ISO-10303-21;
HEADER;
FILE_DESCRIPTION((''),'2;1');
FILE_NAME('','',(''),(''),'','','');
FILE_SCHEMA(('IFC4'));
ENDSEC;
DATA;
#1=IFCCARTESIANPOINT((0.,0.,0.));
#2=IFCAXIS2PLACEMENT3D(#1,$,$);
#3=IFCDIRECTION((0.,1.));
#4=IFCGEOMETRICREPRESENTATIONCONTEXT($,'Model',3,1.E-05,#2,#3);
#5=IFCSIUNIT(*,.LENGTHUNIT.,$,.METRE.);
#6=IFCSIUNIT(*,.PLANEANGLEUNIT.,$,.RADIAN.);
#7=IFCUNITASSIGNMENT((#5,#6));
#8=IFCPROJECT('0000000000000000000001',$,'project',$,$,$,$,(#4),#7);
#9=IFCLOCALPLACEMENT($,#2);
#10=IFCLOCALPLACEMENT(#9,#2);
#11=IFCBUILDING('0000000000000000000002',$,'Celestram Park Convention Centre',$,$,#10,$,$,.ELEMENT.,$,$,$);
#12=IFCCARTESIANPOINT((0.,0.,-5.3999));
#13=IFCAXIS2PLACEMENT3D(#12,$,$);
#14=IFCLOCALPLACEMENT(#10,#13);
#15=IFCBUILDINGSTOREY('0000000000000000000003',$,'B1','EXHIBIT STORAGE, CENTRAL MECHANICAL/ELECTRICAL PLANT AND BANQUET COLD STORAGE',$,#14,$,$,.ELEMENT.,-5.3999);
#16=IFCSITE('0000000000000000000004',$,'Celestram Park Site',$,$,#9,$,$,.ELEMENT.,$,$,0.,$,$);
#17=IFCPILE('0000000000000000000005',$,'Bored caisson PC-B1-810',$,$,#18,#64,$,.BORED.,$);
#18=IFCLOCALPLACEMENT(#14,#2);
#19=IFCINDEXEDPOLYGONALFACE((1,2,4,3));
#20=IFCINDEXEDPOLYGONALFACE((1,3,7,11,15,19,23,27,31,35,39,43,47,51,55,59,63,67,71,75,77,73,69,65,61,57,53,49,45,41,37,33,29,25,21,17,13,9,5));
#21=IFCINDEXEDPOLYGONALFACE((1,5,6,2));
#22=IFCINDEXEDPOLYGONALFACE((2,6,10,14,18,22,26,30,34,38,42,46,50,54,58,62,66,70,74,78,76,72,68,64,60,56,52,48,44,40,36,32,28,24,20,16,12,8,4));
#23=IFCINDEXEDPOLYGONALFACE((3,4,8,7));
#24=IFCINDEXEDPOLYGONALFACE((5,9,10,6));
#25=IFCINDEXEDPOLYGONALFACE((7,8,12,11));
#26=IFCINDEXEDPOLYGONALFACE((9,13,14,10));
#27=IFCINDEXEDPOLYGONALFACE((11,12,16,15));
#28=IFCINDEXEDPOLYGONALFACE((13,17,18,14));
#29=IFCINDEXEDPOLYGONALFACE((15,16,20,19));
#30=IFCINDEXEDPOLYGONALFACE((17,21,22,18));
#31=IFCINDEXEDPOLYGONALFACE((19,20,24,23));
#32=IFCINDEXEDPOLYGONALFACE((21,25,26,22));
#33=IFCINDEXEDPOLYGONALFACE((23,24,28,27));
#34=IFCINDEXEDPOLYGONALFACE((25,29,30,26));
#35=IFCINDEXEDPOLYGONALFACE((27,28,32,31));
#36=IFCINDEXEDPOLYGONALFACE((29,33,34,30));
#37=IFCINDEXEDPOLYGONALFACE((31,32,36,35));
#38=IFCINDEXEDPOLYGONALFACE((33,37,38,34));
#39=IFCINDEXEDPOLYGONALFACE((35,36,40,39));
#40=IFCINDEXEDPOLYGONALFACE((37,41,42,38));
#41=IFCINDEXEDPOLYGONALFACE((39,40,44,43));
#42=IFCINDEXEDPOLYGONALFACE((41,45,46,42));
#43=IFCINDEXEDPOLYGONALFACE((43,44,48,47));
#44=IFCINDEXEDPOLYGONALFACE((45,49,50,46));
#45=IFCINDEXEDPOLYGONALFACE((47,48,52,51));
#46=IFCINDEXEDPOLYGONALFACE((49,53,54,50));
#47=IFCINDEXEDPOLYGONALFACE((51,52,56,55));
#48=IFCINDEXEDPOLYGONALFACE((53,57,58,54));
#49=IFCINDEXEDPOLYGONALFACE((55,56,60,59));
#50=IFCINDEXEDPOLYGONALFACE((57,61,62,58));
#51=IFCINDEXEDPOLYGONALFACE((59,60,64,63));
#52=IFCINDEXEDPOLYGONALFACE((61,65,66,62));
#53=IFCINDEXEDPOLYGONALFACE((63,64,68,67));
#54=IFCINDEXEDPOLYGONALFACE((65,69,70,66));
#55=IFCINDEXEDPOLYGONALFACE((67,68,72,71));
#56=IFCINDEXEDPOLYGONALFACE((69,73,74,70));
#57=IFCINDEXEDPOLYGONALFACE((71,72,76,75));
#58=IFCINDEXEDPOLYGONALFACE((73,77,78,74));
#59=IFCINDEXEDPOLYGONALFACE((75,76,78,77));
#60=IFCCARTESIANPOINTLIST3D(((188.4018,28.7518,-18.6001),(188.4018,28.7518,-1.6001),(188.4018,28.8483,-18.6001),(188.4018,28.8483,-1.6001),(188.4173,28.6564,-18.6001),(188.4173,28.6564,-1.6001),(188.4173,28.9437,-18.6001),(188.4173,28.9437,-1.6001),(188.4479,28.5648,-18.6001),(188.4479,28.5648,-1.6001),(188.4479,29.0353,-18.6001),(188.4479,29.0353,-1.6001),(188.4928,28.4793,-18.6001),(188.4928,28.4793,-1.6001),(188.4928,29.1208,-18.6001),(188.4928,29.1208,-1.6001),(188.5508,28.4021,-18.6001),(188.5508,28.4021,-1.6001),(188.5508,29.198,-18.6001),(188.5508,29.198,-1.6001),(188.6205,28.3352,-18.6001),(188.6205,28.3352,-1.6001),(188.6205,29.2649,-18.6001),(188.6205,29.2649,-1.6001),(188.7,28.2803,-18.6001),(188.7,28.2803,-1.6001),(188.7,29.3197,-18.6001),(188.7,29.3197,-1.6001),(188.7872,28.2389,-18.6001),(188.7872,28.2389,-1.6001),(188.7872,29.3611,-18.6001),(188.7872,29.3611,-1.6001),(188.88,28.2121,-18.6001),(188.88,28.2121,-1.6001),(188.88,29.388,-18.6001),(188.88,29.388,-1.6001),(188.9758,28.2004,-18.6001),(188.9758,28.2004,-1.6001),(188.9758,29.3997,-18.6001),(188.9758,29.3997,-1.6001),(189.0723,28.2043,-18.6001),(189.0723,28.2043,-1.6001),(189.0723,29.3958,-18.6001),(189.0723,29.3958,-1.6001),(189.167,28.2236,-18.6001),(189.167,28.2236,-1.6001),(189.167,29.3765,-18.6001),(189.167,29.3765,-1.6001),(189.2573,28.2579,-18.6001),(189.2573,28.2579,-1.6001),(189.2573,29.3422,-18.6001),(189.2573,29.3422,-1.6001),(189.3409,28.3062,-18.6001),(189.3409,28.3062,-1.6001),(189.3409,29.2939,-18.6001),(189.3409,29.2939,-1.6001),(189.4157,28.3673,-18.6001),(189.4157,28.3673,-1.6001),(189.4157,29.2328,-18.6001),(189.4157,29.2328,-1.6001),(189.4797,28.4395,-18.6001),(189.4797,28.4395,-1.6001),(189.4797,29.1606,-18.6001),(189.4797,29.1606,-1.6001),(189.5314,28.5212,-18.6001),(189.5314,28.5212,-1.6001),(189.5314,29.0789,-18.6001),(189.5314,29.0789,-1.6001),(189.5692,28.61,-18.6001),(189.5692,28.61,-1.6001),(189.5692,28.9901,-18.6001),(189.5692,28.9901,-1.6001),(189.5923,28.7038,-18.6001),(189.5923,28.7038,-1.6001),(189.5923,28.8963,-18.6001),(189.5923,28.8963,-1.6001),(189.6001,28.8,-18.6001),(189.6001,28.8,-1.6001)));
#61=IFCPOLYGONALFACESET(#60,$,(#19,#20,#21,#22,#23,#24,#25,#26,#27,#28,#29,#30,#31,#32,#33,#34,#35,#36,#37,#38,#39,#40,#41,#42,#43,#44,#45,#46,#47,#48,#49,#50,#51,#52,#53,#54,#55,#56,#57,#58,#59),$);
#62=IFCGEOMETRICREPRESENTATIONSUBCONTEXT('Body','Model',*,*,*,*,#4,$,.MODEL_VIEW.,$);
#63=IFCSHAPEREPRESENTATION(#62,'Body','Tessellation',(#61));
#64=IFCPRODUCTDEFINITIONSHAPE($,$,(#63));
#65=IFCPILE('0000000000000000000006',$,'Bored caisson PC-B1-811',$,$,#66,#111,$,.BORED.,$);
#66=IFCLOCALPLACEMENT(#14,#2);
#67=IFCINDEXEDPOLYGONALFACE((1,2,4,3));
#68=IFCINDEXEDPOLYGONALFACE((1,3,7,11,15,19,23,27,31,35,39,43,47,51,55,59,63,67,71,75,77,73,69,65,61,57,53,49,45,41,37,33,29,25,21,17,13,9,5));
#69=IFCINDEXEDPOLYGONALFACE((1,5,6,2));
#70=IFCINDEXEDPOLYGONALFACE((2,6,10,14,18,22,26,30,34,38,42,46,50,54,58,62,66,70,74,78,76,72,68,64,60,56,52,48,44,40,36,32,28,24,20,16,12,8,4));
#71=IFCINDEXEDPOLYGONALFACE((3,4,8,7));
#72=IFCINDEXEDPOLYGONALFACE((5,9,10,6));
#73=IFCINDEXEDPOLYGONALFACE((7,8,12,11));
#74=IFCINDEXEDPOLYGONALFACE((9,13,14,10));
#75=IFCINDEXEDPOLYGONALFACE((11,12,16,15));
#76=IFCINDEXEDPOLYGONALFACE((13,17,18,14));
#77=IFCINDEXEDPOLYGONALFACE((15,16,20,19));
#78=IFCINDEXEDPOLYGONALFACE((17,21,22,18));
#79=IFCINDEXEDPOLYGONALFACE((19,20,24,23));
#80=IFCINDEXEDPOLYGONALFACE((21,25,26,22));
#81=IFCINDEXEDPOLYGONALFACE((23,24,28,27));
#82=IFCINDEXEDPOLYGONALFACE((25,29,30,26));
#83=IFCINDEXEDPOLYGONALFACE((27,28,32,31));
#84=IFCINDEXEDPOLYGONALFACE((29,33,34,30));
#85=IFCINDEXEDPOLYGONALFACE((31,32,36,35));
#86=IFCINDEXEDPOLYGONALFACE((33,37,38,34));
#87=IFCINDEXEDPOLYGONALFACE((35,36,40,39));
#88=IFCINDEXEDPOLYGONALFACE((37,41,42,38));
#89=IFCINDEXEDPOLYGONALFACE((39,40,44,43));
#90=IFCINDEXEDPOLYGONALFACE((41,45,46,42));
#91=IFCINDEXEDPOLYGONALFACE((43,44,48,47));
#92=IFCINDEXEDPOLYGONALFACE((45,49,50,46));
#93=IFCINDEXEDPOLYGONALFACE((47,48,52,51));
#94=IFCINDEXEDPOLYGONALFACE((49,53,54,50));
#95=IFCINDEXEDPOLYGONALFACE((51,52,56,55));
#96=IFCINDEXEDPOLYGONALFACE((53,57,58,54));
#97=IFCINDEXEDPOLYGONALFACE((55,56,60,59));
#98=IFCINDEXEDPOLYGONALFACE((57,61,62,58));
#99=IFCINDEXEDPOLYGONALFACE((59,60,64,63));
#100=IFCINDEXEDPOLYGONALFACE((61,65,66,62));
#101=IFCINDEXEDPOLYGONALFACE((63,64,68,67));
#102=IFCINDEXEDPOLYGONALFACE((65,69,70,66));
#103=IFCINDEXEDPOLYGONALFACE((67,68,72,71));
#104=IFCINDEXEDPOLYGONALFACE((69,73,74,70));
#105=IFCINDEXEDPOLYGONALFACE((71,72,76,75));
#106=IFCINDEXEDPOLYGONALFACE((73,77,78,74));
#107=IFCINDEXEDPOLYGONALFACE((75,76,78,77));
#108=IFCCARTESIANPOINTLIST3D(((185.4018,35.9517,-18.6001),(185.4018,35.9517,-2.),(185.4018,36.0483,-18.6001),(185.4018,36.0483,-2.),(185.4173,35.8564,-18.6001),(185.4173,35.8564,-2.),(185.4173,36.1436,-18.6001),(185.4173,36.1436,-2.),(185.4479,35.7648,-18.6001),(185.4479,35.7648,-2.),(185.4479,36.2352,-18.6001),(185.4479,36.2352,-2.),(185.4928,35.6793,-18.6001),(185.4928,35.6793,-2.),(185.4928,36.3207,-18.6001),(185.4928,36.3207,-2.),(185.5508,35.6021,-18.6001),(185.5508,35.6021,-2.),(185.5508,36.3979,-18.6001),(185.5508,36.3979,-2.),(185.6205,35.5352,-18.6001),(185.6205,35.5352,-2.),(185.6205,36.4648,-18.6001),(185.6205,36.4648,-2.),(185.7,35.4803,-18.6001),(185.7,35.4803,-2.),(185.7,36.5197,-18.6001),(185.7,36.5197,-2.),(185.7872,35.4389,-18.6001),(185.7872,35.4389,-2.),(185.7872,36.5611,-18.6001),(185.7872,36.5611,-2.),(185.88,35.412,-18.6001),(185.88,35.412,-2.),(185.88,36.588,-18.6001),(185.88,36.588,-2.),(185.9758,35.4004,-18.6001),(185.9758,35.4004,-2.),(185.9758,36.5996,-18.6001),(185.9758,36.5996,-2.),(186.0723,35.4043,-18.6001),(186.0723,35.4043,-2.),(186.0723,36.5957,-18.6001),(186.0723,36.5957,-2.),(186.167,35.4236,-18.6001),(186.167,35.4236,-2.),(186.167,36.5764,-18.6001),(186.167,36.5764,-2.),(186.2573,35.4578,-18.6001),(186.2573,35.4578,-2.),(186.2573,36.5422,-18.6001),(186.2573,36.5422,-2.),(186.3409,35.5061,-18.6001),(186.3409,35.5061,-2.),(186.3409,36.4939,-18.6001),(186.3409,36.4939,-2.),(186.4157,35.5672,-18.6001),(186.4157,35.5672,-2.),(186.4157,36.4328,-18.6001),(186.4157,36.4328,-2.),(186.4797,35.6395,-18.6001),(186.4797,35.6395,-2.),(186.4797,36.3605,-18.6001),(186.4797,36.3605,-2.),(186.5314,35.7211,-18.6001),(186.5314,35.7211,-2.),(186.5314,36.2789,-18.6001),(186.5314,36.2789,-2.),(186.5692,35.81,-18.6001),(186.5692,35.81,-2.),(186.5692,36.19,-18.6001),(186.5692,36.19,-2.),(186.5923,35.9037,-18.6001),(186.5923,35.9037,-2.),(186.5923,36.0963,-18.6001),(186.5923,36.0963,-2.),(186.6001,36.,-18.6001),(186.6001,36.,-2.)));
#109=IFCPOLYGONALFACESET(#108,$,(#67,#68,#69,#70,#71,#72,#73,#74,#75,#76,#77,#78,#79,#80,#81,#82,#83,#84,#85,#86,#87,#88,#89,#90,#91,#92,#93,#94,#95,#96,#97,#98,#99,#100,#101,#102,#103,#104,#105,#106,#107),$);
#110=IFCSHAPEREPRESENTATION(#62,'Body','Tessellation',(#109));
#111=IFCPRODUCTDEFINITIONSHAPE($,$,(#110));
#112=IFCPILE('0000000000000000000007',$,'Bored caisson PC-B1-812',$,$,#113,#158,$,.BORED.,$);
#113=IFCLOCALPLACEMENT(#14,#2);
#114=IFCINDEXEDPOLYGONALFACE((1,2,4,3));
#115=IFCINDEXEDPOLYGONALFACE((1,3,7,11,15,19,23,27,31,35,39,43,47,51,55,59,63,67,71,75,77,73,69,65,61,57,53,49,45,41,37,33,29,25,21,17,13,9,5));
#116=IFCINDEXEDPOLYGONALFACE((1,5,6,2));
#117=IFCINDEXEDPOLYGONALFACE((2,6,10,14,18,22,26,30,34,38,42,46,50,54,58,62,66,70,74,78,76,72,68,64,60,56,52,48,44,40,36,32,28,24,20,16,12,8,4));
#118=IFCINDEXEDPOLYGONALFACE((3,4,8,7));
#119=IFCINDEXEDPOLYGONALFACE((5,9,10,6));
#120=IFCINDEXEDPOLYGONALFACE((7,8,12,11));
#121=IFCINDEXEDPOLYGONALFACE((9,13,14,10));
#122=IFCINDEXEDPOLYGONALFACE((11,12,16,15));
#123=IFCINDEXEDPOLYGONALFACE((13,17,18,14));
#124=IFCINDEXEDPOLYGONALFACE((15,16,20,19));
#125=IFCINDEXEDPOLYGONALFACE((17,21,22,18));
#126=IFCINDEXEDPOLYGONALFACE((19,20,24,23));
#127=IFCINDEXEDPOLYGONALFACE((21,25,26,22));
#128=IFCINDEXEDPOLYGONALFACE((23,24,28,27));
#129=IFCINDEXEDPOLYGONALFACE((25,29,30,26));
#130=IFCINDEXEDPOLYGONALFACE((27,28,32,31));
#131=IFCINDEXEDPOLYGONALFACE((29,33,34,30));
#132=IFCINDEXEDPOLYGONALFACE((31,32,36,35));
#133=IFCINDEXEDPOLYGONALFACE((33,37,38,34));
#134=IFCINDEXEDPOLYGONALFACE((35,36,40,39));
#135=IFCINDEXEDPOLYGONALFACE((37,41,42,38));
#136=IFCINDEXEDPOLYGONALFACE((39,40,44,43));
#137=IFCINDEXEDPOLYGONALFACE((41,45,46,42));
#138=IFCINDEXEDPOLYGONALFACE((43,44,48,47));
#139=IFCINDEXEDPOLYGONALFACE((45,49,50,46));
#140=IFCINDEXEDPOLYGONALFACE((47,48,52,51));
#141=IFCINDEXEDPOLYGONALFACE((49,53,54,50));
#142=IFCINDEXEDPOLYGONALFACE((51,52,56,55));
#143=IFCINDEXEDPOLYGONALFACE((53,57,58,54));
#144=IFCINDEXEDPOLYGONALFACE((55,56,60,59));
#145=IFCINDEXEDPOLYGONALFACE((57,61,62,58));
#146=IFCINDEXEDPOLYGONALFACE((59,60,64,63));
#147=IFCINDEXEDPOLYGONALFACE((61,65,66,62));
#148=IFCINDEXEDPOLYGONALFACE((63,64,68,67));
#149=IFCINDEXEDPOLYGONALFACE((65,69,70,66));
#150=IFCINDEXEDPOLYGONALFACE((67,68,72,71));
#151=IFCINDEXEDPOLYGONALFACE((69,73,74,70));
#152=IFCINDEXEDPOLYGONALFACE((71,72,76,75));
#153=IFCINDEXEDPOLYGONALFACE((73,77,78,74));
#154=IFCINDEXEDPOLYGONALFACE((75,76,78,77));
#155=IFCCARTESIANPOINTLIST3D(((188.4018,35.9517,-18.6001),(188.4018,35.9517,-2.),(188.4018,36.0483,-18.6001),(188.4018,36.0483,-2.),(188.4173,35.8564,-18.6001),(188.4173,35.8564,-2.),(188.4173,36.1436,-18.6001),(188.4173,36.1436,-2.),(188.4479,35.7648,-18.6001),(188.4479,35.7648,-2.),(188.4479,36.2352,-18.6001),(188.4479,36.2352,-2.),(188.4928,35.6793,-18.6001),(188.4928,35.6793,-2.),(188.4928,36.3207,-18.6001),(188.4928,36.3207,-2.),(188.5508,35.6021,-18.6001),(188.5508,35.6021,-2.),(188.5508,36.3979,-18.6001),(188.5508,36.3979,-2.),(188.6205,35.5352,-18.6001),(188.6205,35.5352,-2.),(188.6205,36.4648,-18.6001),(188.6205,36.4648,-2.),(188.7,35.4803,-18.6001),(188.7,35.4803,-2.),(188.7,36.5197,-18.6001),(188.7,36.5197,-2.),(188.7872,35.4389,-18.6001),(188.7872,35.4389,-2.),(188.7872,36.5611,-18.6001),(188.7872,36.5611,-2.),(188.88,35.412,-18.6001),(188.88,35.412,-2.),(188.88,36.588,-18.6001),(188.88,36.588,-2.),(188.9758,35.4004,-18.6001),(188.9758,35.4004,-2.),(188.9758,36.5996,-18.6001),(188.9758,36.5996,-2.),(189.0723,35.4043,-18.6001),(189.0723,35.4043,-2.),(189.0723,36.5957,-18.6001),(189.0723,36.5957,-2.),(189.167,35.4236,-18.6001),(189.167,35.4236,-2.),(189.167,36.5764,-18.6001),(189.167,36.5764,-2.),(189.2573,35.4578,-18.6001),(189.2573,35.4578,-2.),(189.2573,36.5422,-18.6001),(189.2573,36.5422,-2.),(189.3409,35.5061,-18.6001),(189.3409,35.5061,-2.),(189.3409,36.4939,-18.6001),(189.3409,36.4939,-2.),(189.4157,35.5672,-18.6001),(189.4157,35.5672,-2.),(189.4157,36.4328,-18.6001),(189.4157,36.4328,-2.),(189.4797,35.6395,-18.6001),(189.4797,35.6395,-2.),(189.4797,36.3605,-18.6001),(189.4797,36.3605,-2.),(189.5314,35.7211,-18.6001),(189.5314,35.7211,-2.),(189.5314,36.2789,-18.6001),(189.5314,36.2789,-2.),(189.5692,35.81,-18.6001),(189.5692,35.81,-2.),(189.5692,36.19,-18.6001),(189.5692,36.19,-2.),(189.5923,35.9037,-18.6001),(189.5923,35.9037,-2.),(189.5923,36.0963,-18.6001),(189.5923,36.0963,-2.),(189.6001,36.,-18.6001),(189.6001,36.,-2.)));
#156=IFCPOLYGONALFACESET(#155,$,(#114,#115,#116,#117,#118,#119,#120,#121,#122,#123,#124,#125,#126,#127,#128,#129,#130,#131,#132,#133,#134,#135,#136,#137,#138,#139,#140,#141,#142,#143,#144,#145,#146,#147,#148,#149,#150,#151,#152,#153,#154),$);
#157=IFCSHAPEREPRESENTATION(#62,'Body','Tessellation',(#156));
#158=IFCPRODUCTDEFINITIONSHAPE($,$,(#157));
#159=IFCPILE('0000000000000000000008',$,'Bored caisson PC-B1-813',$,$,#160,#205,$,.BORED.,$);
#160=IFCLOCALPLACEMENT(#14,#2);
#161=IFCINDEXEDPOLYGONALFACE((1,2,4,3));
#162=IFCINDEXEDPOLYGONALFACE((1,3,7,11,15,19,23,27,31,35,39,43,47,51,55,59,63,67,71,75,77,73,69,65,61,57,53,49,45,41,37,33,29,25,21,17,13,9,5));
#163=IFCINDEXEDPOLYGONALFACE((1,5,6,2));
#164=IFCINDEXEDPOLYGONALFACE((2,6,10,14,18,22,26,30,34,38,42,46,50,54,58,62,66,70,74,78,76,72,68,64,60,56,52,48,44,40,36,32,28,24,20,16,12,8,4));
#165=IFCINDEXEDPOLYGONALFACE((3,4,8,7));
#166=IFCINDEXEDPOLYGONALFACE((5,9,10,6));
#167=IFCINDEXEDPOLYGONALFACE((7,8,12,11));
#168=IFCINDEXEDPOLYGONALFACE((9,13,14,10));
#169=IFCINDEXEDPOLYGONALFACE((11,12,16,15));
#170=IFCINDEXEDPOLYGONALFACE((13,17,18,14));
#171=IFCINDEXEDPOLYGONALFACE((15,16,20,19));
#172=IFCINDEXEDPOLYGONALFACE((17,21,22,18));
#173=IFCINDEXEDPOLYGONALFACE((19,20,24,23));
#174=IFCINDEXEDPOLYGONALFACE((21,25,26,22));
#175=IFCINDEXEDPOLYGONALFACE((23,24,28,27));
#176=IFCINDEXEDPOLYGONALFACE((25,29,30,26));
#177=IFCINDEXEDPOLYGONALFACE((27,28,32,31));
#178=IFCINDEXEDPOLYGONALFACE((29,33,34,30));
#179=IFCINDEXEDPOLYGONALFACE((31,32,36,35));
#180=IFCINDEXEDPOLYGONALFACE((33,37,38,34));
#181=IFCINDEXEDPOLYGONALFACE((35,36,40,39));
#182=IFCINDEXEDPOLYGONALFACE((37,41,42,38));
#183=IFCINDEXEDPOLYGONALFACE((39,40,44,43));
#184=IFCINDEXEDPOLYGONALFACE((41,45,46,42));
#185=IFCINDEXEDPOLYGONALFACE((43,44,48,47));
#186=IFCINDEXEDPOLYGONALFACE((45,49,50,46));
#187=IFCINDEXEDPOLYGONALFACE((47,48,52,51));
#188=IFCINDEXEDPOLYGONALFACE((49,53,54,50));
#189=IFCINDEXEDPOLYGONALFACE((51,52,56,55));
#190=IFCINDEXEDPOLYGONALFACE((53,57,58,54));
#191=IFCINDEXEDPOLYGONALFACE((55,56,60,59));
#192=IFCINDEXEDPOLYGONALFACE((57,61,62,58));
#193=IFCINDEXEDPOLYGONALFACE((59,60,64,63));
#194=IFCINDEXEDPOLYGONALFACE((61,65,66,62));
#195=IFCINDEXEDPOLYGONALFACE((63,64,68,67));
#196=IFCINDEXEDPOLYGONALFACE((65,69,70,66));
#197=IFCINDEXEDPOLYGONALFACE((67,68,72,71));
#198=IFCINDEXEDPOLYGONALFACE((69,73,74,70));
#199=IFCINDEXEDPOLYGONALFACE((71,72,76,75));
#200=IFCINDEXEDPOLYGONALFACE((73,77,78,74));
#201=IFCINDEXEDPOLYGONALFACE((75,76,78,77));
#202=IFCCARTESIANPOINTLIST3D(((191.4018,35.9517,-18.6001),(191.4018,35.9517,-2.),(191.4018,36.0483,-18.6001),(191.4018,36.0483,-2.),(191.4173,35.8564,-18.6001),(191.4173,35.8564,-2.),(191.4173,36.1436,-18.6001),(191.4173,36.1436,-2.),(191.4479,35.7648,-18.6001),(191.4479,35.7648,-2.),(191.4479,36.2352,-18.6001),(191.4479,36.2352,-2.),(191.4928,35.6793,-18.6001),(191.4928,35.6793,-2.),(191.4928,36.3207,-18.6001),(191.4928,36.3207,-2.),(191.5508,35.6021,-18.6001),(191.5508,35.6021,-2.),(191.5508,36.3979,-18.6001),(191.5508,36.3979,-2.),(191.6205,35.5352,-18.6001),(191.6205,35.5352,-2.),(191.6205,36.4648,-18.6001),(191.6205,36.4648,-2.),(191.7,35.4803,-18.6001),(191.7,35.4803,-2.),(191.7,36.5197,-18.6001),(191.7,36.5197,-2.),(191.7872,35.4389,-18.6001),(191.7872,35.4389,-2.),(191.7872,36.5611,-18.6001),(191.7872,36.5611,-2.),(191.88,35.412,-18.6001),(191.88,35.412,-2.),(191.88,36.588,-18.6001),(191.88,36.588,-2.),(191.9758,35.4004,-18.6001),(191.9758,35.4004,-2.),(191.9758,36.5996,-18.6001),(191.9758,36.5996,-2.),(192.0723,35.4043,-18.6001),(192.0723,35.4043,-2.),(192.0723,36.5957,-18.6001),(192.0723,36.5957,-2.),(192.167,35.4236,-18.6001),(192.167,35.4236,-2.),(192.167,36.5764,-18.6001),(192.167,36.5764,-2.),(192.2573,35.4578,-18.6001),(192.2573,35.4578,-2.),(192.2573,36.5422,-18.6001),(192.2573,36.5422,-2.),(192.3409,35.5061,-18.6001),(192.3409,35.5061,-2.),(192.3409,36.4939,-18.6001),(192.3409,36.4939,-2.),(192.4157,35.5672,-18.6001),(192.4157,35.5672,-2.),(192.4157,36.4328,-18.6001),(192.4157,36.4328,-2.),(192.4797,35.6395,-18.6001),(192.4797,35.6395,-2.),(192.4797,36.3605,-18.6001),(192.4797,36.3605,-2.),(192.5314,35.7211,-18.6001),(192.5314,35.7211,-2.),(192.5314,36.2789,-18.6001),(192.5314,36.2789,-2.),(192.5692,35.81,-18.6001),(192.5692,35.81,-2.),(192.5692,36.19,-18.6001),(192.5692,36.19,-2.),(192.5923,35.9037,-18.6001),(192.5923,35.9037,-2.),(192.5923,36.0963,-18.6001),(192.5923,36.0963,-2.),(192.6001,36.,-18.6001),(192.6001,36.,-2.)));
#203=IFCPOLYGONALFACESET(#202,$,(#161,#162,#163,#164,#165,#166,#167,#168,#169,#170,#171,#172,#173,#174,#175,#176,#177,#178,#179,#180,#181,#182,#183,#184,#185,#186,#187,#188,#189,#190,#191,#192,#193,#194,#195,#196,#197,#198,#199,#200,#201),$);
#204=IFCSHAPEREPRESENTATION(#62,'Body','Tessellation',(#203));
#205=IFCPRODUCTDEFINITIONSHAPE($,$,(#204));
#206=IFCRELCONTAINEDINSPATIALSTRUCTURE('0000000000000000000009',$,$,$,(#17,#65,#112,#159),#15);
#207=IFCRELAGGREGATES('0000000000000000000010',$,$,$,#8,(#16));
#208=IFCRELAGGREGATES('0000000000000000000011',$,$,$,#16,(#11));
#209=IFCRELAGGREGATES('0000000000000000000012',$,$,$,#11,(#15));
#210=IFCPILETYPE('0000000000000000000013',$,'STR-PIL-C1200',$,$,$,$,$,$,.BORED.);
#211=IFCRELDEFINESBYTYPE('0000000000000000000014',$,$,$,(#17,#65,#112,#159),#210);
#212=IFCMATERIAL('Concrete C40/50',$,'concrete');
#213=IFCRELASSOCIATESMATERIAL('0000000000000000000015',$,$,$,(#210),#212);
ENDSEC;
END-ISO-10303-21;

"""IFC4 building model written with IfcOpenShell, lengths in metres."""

from ifc_helpers import new_model, si_unit, direction, frame, origin, origin_2d, place, context, subcontext, project, spatial, circle, extrude, material, material_profile, profile_set, type_object, element, save


model = new_model("IFC4")

# Units and contexts
model_context = context("Model", 3, precision=1e-05, world=origin(), true_north=direction((0.0, 1.0)))
body_context = subcontext(model_context, "Body", "Model", "MODEL_VIEW")
ifc_project = project(units=[si_unit("LENGTHUNIT", "METRE"), si_unit("PLANEANGLEUNIT", "RADIAN")], contexts=[model_context])

# Site, building, storey
site_placement = place(None, origin())
site = spatial("IfcSite", under=ifc_project, at=site_placement, Name="Celestram Park Site", CompositionType="ELEMENT", RefElevation=0.0)
building_placement = place(site_placement, origin())
building = spatial("IfcBuilding", under=site, at=building_placement, Name="Celestram Park Convention Centre", CompositionType="ELEMENT")
storey_placement = place(building_placement, frame((0.0, 0.0, -5.3999)))
storey = spatial("IfcBuildingStorey", under=building, at=storey_placement, Name="B1", Description="EXHIBIT STORAGE, CENTRAL MECHANICAL/ELECTRICAL PLANT AND BANQUET COLD STORAGE", CompositionType="ELEMENT", Elevation=-5.3999)

# Shared definitions
ifc_material_1 = material(Name="Concrete C40/50", Category="concrete")

# Piles
ifc_material_profile_1 = material_profile(ifc_material_1, circle(Radius=0.6001, at=origin_2d()), Name="CAISSON1200")
ifc_profile_set_1 = profile_set([ifc_material_profile_1], Name="Concrete C40/50")
pile_type_1 = type_object("IfcPileType", Name="STR-PIL-C1200", PredefinedType="BORED", material=ifc_profile_set_1)
for number, where, z_axis, x_axis, name in (
    (1, (189.0, 28.8, -1.6001), (0.0, 0.0, -1.0), (1.0, 0.0, 0.0), "Bored caisson PC-B1-810"),
):
    element("IfcPile", number, at=place(storey_placement, frame(where, z_axis=z_axis, x_axis=x_axis)), inside=storey, type_object=pile_type_1, Name=name, PredefinedType="BORED", context=body_context, shape_type="SweptSolid", body=[
        extrude(circle(Radius=0.6001, at=origin_2d()), origin(), (0.0, 0.0, 1.0), 17.0),
    ])
for number, where, z_axis, x_axis, name in (
    (2, (186.0, 36.0, -2.0), (0.0, 0.0, -1.0), (1.0, 0.0, 0.0), "Bored caisson PC-B1-811"),
    (3, (189.0, 36.0, -2.0), (0.0, 0.0, -1.0), (1.0, 0.0, 0.0), "Bored caisson PC-B1-812"),
    (4, (192.0, 36.0, -2.0), (0.0, 0.0, -1.0), (1.0, 0.0, 0.0), "Bored caisson PC-B1-813"),
):
    element("IfcPile", number, at=place(storey_placement, frame(where, z_axis=z_axis, x_axis=x_axis)), inside=storey, type_object=pile_type_1, Name=name, PredefinedType="BORED", context=body_context, shape_type="SweptSolid", body=[
        extrude(circle(Radius=0.6001, at=origin_2d()), origin(), (0.0, 0.0, 1.0), 16.6001),
    ])

save(model, "model.ifc")
